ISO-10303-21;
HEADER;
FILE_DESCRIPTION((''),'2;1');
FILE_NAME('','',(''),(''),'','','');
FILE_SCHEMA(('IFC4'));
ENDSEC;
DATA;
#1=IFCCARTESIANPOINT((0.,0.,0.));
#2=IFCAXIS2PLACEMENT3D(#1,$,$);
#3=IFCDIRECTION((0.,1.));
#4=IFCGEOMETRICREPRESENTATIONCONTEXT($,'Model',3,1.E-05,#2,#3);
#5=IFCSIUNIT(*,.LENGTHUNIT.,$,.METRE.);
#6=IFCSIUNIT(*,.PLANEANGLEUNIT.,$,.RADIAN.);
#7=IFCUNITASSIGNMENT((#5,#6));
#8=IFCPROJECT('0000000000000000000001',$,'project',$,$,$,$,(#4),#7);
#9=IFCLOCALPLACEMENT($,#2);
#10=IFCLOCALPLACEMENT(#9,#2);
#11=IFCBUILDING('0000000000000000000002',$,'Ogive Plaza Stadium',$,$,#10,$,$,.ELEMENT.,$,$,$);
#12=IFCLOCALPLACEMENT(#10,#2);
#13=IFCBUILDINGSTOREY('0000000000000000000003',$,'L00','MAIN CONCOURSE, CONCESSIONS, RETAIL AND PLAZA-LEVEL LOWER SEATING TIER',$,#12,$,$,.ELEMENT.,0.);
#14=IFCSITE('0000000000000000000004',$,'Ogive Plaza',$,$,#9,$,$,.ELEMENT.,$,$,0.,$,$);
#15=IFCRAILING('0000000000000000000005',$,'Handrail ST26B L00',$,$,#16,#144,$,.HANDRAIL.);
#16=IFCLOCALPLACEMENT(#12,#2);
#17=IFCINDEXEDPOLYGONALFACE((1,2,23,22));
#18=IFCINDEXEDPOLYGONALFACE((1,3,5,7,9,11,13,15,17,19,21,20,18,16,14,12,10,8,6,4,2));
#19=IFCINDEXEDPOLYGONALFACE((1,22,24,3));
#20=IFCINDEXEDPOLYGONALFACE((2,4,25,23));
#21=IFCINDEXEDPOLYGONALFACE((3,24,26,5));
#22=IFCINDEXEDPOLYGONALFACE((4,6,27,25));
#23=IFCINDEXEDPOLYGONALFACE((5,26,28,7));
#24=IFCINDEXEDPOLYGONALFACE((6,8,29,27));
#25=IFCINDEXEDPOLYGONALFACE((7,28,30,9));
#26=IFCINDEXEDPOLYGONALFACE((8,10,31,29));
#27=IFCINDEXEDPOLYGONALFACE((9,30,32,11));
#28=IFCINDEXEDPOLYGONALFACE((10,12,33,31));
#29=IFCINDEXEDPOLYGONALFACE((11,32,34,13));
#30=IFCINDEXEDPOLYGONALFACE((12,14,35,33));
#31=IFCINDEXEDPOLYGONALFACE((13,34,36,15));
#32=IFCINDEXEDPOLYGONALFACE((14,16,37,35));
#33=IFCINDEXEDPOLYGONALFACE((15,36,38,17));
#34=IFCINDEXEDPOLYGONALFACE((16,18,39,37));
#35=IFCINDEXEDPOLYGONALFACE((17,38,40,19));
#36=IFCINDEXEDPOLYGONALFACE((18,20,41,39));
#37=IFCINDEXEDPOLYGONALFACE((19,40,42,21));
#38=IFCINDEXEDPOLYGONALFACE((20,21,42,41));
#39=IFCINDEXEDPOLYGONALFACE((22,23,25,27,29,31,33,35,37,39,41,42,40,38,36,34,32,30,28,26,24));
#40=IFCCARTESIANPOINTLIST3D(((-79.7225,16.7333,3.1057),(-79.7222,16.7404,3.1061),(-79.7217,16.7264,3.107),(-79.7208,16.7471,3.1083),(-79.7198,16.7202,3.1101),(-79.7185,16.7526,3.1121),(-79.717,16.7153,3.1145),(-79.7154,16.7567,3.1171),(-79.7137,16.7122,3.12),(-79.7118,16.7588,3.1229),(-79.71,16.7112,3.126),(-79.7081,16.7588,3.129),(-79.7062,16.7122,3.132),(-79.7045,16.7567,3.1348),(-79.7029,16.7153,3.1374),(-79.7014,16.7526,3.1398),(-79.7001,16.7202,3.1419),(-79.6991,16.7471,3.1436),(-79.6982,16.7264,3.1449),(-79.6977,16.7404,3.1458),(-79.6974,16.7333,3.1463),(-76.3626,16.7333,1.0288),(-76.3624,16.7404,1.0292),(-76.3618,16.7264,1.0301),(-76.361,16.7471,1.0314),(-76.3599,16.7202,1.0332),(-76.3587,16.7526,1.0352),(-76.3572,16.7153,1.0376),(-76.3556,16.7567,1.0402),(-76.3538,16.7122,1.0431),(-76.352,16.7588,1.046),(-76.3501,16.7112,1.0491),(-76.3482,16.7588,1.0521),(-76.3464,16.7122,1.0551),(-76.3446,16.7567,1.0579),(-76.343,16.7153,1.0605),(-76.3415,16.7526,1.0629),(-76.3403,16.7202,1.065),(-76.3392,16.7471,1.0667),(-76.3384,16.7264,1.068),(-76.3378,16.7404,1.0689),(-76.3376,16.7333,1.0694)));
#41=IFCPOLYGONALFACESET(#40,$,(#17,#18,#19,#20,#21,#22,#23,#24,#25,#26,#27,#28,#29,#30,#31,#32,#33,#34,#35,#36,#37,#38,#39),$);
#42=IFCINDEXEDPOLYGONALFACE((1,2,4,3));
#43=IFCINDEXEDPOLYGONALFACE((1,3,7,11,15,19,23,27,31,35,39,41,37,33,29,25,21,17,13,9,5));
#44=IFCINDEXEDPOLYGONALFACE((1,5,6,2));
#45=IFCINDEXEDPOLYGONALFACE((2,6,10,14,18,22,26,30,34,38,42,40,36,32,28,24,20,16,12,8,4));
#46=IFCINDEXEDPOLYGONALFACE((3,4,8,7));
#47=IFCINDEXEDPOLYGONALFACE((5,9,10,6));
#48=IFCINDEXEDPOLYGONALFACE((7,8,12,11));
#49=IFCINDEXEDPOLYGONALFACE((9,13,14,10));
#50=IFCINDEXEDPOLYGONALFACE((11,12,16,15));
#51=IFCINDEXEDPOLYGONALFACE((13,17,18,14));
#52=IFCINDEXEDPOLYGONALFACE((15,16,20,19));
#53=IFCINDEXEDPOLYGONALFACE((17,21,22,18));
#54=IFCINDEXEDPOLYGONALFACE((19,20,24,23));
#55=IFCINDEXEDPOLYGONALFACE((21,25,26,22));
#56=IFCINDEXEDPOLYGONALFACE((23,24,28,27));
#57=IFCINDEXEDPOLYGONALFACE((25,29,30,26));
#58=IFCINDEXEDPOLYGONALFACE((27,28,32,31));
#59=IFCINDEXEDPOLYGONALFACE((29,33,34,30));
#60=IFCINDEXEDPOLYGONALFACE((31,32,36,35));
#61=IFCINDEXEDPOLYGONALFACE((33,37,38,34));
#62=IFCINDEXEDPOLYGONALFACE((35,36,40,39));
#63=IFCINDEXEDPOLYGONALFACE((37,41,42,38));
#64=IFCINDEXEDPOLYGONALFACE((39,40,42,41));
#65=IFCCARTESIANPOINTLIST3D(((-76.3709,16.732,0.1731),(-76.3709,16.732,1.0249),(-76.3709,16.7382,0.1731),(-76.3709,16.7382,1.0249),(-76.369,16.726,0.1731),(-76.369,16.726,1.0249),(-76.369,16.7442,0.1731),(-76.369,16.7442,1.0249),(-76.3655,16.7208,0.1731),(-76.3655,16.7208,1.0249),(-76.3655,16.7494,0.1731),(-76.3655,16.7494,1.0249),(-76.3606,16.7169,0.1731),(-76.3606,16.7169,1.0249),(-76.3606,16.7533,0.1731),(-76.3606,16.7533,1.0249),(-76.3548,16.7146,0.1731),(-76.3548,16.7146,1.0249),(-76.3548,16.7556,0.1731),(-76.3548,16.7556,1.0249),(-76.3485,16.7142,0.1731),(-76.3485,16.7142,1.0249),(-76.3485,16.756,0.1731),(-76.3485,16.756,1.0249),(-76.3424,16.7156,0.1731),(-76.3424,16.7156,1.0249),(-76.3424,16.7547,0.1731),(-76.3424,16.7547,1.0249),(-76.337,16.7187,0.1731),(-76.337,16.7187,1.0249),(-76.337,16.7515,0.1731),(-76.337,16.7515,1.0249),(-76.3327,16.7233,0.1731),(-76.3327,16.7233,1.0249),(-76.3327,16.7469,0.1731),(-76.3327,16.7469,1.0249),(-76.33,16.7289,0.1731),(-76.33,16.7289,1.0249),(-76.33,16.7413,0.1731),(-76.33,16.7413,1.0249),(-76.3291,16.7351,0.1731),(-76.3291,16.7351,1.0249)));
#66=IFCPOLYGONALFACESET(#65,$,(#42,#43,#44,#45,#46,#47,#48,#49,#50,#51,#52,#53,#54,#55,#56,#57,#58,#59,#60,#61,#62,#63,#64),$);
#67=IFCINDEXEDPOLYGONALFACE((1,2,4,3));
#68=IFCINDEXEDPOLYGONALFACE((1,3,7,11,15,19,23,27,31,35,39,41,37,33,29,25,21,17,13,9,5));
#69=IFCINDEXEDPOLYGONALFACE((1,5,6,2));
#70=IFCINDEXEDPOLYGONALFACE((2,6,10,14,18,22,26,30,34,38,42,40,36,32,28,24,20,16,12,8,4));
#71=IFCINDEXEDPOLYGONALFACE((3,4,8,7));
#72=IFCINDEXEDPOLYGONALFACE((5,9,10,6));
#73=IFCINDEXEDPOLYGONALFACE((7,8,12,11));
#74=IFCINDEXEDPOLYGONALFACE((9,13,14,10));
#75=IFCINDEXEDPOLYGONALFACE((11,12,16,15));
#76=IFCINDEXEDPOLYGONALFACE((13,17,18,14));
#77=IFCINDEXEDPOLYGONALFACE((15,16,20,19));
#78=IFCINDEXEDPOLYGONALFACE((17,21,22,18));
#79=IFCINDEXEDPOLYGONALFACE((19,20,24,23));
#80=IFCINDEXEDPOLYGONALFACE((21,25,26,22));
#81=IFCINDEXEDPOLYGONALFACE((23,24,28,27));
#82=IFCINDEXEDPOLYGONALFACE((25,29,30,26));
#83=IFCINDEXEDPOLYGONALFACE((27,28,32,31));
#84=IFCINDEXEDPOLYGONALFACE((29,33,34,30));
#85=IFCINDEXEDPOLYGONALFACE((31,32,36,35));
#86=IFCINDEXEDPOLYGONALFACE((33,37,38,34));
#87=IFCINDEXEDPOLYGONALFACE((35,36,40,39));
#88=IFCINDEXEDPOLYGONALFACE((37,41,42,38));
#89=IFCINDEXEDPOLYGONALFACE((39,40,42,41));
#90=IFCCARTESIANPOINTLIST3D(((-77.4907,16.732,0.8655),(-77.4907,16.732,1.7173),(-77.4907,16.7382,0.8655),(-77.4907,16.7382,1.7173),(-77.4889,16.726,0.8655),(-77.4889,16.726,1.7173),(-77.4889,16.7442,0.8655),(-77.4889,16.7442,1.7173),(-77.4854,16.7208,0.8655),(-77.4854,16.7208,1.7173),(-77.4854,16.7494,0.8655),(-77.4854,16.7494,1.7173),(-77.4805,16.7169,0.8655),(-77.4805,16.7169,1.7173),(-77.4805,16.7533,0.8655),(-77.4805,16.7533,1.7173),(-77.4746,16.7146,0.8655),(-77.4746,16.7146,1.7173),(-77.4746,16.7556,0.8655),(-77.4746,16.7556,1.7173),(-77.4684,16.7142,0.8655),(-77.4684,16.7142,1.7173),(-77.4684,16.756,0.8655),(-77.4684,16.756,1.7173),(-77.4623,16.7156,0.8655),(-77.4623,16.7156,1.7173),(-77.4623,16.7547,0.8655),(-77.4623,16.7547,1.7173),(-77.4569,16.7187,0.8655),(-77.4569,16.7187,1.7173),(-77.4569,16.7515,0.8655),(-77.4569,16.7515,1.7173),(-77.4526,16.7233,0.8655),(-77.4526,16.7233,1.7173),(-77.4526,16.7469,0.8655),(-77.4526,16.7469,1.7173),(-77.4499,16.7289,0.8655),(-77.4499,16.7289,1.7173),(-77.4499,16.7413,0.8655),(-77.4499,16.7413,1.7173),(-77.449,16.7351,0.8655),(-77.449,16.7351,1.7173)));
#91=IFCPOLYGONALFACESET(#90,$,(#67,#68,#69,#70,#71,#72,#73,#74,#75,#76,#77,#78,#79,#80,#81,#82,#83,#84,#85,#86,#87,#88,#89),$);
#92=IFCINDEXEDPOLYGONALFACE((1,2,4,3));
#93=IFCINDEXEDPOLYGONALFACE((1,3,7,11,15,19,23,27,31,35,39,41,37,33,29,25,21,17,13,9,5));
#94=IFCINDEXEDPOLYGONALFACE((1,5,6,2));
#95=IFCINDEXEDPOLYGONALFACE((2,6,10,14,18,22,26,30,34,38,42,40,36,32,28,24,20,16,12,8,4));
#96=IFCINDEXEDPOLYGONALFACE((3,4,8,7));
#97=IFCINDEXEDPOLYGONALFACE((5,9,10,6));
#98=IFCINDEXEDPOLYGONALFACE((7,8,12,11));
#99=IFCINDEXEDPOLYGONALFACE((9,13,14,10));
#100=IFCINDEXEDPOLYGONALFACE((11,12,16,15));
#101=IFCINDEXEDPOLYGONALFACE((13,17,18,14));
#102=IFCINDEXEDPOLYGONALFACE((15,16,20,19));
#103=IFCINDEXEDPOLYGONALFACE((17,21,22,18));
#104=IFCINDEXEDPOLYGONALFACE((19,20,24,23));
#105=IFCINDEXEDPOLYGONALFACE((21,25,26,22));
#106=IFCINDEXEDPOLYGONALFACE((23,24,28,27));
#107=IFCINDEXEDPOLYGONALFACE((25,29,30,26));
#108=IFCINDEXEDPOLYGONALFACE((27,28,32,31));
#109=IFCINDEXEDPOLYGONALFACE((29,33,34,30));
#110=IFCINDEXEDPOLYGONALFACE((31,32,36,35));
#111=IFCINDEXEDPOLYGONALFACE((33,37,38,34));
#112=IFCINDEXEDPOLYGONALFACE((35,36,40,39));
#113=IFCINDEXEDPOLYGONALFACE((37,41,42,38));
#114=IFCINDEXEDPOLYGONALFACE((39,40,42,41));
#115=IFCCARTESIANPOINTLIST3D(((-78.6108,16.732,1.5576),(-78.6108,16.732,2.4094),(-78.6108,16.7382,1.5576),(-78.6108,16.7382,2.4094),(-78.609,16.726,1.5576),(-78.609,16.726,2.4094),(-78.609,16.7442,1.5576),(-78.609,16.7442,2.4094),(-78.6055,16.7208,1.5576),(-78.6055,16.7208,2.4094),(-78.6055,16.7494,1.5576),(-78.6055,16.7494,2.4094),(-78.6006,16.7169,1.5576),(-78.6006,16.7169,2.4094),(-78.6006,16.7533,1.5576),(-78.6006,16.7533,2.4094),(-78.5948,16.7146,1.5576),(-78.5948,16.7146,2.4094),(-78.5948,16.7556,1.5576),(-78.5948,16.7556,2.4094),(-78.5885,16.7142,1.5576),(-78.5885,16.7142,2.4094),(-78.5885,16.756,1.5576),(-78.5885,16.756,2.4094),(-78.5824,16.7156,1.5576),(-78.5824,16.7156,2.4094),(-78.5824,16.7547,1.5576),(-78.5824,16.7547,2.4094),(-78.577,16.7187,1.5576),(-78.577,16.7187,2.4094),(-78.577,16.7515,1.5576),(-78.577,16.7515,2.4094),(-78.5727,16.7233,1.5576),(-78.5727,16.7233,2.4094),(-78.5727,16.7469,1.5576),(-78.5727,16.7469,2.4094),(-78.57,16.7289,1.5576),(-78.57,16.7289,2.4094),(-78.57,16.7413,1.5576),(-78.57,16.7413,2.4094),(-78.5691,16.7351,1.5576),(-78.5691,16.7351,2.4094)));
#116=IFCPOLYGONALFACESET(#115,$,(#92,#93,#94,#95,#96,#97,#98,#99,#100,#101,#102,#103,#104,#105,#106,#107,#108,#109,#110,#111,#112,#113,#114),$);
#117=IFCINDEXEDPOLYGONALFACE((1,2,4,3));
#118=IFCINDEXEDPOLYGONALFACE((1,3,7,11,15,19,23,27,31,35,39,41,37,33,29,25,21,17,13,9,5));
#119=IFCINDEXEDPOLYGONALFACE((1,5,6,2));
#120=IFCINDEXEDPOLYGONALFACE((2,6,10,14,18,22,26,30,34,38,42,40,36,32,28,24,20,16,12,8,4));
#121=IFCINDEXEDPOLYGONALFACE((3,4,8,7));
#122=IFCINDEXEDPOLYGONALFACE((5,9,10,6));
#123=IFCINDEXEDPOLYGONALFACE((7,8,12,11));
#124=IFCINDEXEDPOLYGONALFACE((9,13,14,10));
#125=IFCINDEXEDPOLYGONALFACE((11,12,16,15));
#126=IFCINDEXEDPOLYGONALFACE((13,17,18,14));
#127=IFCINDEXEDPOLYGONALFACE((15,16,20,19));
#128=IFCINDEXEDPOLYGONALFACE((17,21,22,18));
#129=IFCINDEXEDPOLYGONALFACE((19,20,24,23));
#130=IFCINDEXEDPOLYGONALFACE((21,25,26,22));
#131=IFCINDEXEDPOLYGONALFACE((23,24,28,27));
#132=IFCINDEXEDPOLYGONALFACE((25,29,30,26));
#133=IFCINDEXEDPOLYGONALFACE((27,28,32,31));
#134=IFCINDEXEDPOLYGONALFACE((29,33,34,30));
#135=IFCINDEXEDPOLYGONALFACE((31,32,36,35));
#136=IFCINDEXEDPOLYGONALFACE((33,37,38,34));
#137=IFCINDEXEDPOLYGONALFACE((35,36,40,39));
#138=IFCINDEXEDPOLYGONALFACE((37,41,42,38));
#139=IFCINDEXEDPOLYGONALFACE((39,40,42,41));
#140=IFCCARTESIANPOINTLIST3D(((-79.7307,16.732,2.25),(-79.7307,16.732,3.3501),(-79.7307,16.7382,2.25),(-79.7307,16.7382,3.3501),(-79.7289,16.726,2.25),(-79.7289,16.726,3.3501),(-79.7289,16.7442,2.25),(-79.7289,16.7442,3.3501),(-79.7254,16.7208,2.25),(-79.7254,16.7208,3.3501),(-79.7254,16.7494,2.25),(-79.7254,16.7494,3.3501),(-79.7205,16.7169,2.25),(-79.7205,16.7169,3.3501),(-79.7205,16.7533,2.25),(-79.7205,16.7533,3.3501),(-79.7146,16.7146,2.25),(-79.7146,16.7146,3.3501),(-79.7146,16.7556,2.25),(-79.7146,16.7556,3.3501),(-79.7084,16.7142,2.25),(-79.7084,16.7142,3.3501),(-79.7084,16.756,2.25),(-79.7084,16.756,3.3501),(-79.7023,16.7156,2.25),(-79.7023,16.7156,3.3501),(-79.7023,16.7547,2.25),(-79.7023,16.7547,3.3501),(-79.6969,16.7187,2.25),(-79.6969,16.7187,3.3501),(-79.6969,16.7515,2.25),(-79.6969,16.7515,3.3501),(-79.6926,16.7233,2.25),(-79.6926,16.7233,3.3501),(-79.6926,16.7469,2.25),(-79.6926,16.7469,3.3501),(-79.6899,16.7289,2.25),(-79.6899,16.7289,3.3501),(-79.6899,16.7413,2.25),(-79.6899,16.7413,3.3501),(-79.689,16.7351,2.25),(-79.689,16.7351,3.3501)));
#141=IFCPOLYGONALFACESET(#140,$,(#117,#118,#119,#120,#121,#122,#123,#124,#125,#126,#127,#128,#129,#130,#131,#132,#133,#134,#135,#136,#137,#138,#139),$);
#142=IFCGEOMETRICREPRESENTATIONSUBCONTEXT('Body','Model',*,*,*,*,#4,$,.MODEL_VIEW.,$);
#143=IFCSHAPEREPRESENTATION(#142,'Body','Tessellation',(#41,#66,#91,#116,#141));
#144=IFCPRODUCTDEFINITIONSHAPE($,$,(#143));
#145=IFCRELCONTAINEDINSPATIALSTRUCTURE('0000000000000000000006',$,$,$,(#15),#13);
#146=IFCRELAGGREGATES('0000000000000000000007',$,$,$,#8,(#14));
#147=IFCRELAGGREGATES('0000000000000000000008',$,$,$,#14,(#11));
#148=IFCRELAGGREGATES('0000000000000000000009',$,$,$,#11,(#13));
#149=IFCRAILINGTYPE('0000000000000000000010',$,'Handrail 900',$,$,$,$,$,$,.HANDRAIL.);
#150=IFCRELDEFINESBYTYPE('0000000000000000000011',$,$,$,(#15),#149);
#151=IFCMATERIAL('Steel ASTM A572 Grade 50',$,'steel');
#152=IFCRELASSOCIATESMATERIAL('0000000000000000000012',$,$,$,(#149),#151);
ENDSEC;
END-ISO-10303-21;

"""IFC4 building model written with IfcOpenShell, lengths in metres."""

from ifc_helpers import new_model, si_unit, direction, frame, origin, origin_2d, place, context, subcontext, project, spatial, circle, extrude, material, type_object, element, save


model = new_model("IFC4")

# Units and contexts
model_context = context("Model", 3, precision=1e-05, world=origin(), true_north=direction((0.0, 1.0)))
body_context = subcontext(model_context, "Body", "Model", "MODEL_VIEW")
ifc_project = project(units=[si_unit("LENGTHUNIT", "METRE"), si_unit("PLANEANGLEUNIT", "RADIAN")], contexts=[model_context])

# Site, building, storey
site_placement = place(None, origin())
site = spatial("IfcSite", under=ifc_project, at=site_placement, Name="Ogive Plaza", CompositionType="ELEMENT", RefElevation=0.0)
building_placement = place(site_placement, origin())
building = spatial("IfcBuilding", under=site, at=building_placement, Name="Ogive Plaza Stadium", CompositionType="ELEMENT")
storey_placement = place(building_placement, origin())
storey = spatial("IfcBuildingStorey", under=building, at=storey_placement, Name="L00", Description="MAIN CONCOURSE, CONCESSIONS, RETAIL AND PLAZA-LEVEL LOWER SEATING TIER", CompositionType="ELEMENT", Elevation=0.0)

# Railing
ifc_material_1 = material(Name="Steel ASTM A572 Grade 50", Category="steel")
railing_type_1 = type_object("IfcRailingType", Name="Handrail 900", PredefinedType="HANDRAIL", material=ifc_material_1)
for number, where, name in (
    (1, (-76.3501, 16.7351, 0.1731), "Handrail ST26B L00"),
):
    element("IfcRailing", number, at=place(storey_placement, frame(where)), inside=storey, type_object=railing_type_1, Name=name, PredefinedType="HANDRAIL", context=body_context, shape_type="SweptSolid", body=[
        extrude(circle(Radius=0.0239, at=origin_2d()), frame((0.0, 0.0, 0.876), z_axis=(-0.850606, 0.0, 0.525803), x_axis=(0.0, -1.0, 0.0)), (0.0, 0.0, 1.0), 3.95),
        extrude(circle(Radius=0.021, at=origin_2d()), origin(), (0.0, 0.0, 1.0), 0.8518),
        extrude(circle(Radius=0.021, at=origin_2d()), frame((-1.1199, 0.0, 0.6924)), (0.0, 0.0, 1.0), 0.8518),
        extrude(circle(Radius=0.021, at=origin_2d()), frame((-2.24, 0.0, 1.3845)), (0.0, 0.0, 1.0), 0.8518),
        extrude(circle(Radius=0.021, at=origin_2d()), frame((-3.3599, 0.0, 2.0769)), (0.0, 0.0, 1.0), 1.1001),
    ])

save(model, "model.ifc")
